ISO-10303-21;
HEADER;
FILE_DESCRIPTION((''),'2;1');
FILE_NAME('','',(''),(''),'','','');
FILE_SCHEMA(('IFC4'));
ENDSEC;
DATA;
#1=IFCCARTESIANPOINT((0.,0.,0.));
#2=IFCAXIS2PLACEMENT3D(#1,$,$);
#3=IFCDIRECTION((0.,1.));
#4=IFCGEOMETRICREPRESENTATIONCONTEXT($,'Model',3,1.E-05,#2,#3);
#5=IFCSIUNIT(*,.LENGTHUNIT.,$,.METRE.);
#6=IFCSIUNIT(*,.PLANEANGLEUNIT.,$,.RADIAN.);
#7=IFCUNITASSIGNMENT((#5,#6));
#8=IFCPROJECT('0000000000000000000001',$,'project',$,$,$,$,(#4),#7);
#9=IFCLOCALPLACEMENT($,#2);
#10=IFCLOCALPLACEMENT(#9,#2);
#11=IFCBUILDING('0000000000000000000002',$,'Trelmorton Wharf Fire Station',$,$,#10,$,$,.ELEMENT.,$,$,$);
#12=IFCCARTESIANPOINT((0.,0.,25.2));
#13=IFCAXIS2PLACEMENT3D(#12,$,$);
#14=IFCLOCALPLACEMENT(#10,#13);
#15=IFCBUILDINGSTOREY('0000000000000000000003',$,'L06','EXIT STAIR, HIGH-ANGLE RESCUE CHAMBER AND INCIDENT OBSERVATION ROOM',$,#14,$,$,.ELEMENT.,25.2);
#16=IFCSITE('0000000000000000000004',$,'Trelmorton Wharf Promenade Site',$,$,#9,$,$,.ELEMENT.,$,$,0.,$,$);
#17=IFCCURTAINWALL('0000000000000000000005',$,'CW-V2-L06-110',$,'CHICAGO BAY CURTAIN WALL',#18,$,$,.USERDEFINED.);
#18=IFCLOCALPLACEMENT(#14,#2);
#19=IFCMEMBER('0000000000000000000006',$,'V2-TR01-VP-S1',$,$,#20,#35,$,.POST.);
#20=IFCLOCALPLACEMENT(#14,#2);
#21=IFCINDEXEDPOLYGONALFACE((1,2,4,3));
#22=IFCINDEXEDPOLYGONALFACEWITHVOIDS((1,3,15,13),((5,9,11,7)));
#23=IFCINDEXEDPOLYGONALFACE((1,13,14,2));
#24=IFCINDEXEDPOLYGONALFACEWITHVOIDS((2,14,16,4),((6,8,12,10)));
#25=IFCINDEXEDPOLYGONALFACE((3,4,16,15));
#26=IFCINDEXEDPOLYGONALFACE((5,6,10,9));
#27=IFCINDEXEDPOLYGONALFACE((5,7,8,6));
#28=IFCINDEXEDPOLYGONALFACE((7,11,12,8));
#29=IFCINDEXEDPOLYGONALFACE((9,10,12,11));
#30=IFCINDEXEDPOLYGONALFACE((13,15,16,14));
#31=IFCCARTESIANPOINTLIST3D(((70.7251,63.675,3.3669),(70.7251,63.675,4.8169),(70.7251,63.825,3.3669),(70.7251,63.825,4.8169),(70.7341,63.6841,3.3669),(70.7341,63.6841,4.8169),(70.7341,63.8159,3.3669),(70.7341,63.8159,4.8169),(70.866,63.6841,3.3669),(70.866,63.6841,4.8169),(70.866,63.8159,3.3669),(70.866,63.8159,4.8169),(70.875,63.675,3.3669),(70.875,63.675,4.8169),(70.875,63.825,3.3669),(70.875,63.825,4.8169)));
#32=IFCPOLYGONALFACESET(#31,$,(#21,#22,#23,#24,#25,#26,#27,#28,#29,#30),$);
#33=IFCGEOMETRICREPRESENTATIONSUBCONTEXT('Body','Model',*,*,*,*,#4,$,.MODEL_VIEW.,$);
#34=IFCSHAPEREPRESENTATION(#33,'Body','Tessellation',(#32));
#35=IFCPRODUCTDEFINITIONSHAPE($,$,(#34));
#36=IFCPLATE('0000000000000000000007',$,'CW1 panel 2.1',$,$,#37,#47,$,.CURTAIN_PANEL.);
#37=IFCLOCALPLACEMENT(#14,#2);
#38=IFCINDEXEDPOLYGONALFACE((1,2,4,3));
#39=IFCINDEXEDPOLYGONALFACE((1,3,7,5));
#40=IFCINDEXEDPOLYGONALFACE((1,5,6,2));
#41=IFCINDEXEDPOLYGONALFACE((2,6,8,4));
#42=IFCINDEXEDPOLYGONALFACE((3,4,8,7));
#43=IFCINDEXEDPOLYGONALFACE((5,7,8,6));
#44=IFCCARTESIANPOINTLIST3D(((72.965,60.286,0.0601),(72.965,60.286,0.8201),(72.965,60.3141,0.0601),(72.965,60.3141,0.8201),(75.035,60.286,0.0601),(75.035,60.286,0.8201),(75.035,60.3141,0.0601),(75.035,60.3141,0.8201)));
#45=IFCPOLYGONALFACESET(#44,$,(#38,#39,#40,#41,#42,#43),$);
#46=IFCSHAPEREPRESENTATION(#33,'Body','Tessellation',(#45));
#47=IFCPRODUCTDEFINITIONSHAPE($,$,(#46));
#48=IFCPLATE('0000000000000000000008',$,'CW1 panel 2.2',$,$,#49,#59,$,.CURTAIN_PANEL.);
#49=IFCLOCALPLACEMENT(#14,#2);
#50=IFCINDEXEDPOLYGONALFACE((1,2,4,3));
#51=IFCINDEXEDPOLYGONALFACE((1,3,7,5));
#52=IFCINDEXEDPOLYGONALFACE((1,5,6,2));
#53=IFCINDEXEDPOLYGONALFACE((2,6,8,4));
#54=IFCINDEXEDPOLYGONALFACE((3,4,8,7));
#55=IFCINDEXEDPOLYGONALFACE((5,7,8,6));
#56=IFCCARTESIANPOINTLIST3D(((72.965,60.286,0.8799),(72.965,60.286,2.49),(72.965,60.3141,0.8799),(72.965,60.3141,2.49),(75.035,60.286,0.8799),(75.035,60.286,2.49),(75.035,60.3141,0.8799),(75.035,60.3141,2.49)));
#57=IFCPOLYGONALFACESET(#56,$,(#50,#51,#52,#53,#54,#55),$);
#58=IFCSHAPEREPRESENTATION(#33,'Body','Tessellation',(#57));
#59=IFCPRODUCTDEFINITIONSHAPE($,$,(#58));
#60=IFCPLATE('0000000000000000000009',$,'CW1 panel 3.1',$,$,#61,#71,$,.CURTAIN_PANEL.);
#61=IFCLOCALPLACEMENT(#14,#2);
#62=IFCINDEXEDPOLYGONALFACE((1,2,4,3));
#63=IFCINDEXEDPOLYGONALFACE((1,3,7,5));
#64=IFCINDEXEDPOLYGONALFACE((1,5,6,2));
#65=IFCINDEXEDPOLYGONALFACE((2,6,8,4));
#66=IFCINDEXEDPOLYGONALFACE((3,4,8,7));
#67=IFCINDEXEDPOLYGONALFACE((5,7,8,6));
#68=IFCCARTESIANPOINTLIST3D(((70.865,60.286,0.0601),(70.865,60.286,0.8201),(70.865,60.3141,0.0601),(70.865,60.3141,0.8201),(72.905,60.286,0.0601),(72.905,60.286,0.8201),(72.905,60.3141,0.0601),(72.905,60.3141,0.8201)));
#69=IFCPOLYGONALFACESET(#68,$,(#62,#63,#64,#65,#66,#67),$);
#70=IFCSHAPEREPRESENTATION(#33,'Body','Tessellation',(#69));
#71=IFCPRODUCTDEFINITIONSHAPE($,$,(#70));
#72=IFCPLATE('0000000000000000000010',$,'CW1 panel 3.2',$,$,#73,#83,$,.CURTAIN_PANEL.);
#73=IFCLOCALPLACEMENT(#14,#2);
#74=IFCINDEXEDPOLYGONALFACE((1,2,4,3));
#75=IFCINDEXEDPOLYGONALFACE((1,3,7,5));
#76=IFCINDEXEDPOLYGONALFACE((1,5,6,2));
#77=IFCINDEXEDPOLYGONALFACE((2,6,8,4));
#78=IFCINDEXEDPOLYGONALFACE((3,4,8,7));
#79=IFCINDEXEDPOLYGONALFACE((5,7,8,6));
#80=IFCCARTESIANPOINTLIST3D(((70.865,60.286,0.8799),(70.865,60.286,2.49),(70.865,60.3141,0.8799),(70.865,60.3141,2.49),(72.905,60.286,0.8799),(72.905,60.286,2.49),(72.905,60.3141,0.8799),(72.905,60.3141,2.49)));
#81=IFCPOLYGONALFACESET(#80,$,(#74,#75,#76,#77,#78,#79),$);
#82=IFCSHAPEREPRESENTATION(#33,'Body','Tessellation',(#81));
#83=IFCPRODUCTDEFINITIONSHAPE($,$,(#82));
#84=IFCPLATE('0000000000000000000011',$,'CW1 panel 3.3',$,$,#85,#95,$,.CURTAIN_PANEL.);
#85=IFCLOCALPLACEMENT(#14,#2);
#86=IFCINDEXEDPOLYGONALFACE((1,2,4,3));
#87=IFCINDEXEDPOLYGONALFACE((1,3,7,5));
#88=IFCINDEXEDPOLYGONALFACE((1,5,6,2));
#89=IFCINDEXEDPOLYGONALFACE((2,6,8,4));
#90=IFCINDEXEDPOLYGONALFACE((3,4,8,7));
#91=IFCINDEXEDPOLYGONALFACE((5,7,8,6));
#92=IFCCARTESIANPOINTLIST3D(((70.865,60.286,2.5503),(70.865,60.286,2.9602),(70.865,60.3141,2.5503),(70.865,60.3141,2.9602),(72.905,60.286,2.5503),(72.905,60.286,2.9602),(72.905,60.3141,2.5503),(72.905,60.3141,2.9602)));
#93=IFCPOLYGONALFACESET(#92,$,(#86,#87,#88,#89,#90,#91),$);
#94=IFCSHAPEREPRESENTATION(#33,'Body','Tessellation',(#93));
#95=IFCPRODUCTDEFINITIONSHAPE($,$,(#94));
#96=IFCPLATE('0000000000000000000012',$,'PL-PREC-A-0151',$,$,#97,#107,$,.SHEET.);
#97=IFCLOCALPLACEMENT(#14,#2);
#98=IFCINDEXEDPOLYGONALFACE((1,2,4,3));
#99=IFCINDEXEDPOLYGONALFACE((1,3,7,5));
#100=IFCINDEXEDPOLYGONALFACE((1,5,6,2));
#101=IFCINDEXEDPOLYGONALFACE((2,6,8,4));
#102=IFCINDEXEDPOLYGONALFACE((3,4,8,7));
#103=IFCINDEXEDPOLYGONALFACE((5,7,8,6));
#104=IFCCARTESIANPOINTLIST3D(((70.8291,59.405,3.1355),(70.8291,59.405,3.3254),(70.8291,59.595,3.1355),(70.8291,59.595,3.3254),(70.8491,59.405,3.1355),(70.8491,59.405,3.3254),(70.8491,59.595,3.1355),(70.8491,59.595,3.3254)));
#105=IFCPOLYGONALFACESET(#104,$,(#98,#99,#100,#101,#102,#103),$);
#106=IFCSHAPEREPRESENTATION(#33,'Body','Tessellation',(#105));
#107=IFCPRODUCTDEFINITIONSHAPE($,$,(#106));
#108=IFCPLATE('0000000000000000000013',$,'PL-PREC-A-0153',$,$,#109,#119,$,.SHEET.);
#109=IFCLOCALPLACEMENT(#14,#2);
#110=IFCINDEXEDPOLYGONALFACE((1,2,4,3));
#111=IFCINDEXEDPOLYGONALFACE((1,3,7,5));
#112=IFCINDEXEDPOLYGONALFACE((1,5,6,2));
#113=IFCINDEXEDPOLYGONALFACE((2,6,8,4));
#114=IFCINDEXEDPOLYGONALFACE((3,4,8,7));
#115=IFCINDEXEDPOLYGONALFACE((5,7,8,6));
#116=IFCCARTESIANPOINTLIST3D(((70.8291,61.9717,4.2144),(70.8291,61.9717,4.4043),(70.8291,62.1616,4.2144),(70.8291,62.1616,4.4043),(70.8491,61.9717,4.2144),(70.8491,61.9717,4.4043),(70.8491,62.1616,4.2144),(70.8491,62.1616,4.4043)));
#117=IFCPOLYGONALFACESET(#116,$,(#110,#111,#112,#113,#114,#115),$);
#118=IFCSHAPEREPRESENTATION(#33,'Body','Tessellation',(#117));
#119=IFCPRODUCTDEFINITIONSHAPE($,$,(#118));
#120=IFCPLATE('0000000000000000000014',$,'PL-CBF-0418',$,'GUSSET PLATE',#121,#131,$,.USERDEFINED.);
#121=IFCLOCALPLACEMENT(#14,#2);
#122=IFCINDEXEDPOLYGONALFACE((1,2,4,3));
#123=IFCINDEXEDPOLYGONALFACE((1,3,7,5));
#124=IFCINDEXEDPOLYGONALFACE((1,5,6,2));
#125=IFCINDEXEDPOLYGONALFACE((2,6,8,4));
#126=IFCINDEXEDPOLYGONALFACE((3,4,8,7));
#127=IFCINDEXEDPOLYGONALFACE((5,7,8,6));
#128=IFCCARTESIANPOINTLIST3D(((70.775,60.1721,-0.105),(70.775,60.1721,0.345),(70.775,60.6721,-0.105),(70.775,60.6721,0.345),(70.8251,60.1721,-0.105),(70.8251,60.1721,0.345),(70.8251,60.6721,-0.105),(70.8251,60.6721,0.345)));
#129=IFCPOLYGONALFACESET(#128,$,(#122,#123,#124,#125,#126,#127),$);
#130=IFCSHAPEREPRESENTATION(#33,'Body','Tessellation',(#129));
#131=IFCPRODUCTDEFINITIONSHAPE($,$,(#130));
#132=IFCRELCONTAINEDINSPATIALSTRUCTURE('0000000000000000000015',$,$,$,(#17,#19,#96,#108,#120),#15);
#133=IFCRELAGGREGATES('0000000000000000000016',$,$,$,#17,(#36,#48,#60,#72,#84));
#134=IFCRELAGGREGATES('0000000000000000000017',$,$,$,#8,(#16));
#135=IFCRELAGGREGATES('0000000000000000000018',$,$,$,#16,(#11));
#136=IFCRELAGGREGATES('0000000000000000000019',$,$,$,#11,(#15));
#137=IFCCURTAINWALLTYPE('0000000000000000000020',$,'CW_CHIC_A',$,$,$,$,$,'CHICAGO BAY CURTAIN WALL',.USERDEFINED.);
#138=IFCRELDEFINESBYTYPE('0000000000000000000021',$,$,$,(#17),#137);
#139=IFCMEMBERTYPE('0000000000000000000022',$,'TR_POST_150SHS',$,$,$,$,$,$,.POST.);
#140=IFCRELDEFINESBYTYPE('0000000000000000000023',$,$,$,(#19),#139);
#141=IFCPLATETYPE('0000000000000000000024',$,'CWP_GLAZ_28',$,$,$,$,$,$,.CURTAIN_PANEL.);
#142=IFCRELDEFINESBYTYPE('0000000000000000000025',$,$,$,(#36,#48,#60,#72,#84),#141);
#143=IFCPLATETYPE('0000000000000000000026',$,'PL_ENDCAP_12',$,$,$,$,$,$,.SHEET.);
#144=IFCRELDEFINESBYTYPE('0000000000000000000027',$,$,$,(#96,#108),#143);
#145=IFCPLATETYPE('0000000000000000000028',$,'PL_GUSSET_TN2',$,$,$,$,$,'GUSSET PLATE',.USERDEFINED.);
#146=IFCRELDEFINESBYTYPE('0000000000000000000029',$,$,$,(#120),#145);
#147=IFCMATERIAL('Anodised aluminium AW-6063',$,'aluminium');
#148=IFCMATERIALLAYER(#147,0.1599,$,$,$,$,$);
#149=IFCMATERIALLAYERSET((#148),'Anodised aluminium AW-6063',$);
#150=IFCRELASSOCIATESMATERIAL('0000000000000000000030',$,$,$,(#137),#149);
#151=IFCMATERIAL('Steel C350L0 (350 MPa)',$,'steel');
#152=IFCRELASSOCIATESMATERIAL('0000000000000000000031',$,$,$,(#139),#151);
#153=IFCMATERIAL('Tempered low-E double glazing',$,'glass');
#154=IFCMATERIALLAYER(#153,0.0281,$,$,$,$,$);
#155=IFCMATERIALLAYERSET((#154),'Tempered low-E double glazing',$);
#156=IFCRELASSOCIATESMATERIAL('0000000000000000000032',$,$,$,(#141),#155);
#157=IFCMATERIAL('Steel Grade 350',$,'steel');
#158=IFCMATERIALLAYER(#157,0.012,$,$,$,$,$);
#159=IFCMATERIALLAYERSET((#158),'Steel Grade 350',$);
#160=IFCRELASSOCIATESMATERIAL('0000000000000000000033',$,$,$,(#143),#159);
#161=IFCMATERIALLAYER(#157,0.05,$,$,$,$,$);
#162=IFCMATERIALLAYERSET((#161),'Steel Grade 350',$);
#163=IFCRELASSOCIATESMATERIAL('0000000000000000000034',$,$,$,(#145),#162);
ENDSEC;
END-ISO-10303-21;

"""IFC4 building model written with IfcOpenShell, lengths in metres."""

from ifc_helpers import new_model, si_unit, direction, frame, origin, origin_2d, place, context, subcontext, project, spatial, rectangle, hollow_rectangle, extrude, material, layer, layer_set, material_profile, profile_set, type_object, element, aggregate, save


model = new_model("IFC4")

# Units and contexts
model_context = context("Model", 3, precision=1e-05, world=origin(), true_north=direction((0.0, 1.0)))
body_context = subcontext(model_context, "Body", "Model", "MODEL_VIEW")
ifc_project = project(units=[si_unit("LENGTHUNIT", "METRE"), si_unit("PLANEANGLEUNIT", "RADIAN")], contexts=[model_context])

# Site, building, storey
site_placement = place(None, origin())
site = spatial("IfcSite", under=ifc_project, at=site_placement, Name="Trelmorton Wharf Promenade Site", CompositionType="ELEMENT", RefElevation=0.0)
building_placement = place(site_placement, origin())
building = spatial("IfcBuilding", under=site, at=building_placement, Name="Trelmorton Wharf Fire Station", CompositionType="ELEMENT")
storey_placement = place(building_placement, frame((0.0, 0.0, 25.2)))
storey = spatial("IfcBuildingStorey", under=building, at=storey_placement, Name="L06", Description="EXIT STAIR, HIGH-ANGLE RESCUE CHAMBER AND INCIDENT OBSERVATION ROOM", CompositionType="ELEMENT", Elevation=25.2)

# Curtain wall
ifc_material_1 = material(Name="Anodised aluminium AW-6063", Category="aluminium")
ifc_layer_1 = layer(ifc_material_1, 0.1599)
ifc_layer_set_1 = layer_set([ifc_layer_1], Name="Anodised aluminium AW-6063")
curtain_wall_type = type_object("IfcCurtainWallType", Name="CW_CHIC_A", ElementType="CHICAGO BAY CURTAIN WALL", PredefinedType="USERDEFINED", material=ifc_layer_set_1)
curtain_wall_placement = place(storey_placement, origin())
curtain_wall = element("IfcCurtainWall", 1, at=curtain_wall_placement, inside=storey, type_object=curtain_wall_type, Name="CW-V2-L06-110", ObjectType="CHICAGO BAY CURTAIN WALL", PredefinedType="USERDEFINED")

# Shared definitions
ifc_material_2 = material(Name="Steel C350L0 (350 MPa)", Category="steel")

# Shared definitions
ifc_material_3 = material(Name="Steel Grade 350", Category="steel")

# Member
ifc_material_profile_1 = material_profile(ifc_material_2, hollow_rectangle(XDim=0.1499, YDim=0.1499, WallThickness=0.009, at=origin_2d()), Name="150x150x9.0SHS")
ifc_profile_set_1 = profile_set([ifc_material_profile_1], Name="Steel C350L0 (350 MPa)")
member_type_1 = type_object("IfcMemberType", Name="TR_POST_150SHS", PredefinedType="POST", material=ifc_profile_set_1)
member_1_placement = place(storey_placement, frame((70.8, 63.75, 3.3669), z_axis=(0.0, 0.0, 1.0), x_axis=(1.0, 0.0, 0.0)))
element("IfcMember", 2, at=member_1_placement, inside=storey, type_object=member_type_1, Name="V2-TR01-VP-S1", PredefinedType="POST", context=body_context, shape_type="SweptSolid", body=[
    extrude(hollow_rectangle(XDim=0.1499, YDim=0.1499, WallThickness=0.009, at=origin_2d()), origin(), (0.0, 0.0, 1.0), 1.45),
])

# Plates
ifc_material_4 = material(Name="Tempered low-E double glazing", Category="glass")
ifc_layer_2 = layer(ifc_material_4, 0.0281)
ifc_layer_set_2 = layer_set([ifc_layer_2], Name="Tempered low-E double glazing")
plate_type_1 = type_object("IfcPlateType", Name="CWP_GLAZ_28", PredefinedType="CURTAIN_PANEL", material=ifc_layer_set_2)
plate_1_placement = place(storey_placement, frame((74.0, 60.3, 0.0601), z_axis=(0.0, 0.0, 1.0), x_axis=(-1.0, 0.0, 0.0)))
plate_1 = element("IfcPlate", 3, at=plate_1_placement, type_object=plate_type_1, Name="CW1 panel 2.1", PredefinedType="CURTAIN_PANEL", context=body_context, shape_type="SweptSolid", body=[
    extrude(rectangle(XDim=2.0701, YDim=0.0281, at=origin_2d()), origin(), (0.0, 0.0, 1.0), 0.76),
])
plate_2_placement = place(storey_placement, frame((74.0, 60.3, 0.8799), z_axis=(0.0, 0.0, 1.0), x_axis=(-1.0, 0.0, 0.0)))
plate_2 = element("IfcPlate", 4, at=plate_2_placement, type_object=plate_type_1, Name="CW1 panel 2.2", PredefinedType="CURTAIN_PANEL", context=body_context, shape_type="SweptSolid", body=[
    extrude(rectangle(XDim=2.0701, YDim=0.0281, at=origin_2d()), origin(), (0.0, 0.0, 1.0), 1.6101),
])
plate_3_placement = place(storey_placement, frame((71.885, 60.3, 0.0601), z_axis=(0.0, 0.0, 1.0), x_axis=(-1.0, 0.0, 0.0)))
plate_3 = element("IfcPlate", 5, at=plate_3_placement, type_object=plate_type_1, Name="CW1 panel 3.1", PredefinedType="CURTAIN_PANEL", context=body_context, shape_type="SweptSolid", body=[
    extrude(rectangle(XDim=2.04, YDim=0.0281, at=origin_2d()), origin(), (0.0, 0.0, 1.0), 0.76),
])
plate_4_placement = place(storey_placement, frame((71.885, 60.3, 0.8799), z_axis=(0.0, 0.0, 1.0), x_axis=(-1.0, 0.0, 0.0)))
plate_4 = element("IfcPlate", 6, at=plate_4_placement, type_object=plate_type_1, Name="CW1 panel 3.2", PredefinedType="CURTAIN_PANEL", context=body_context, shape_type="SweptSolid", body=[
    extrude(rectangle(XDim=2.04, YDim=0.0281, at=origin_2d()), origin(), (0.0, 0.0, 1.0), 1.6101),
])
plate_5_placement = place(storey_placement, frame((71.885, 60.3, 2.5503), z_axis=(0.0, 0.0, 1.0), x_axis=(-1.0, 0.0, 0.0)))
plate_5 = element("IfcPlate", 7, at=plate_5_placement, type_object=plate_type_1, Name="CW1 panel 3.3", PredefinedType="CURTAIN_PANEL", context=body_context, shape_type="SweptSolid", body=[
    extrude(rectangle(XDim=2.04, YDim=0.0281, at=origin_2d()), origin(), (0.0, 0.0, 1.0), 0.4099),
])
aggregate(curtain_wall, [plate_1, plate_2, plate_3, plate_4, plate_5])

# Plates
ifc_layer_3 = layer(ifc_material_3, 0.012)
ifc_layer_set_3 = layer_set([ifc_layer_3], Name="Steel Grade 350")
plate_type_2 = type_object("IfcPlateType", Name="PL_ENDCAP_12", PredefinedType="SHEET", material=ifc_layer_set_3)
for number, where, z_axis, x_axis, name in (
    (8, (70.8391, 59.5, 3.1355), (0.0, 0.0, 1.0), (1.0, 0.0, 0.0), "PL-PREC-A-0151"),
    (9, (70.8391, 62.0667, 4.2144), (0.0, 0.0, 1.0), (1.0, 0.0, 0.0), "PL-PREC-A-0153"),
):
    element("IfcPlate", number, at=place(storey_placement, frame(where, z_axis=z_axis, x_axis=x_axis)), inside=storey, type_object=plate_type_2, Name=name, PredefinedType="SHEET", context=body_context, shape_type="SweptSolid", body=[
        extrude(rectangle(XDim=0.02, YDim=0.1899, at=origin_2d()), origin(), (0.0, 0.0, 1.0), 0.1899),
    ])
ifc_layer_4 = layer(ifc_material_3, 0.05)
ifc_layer_set_4 = layer_set([ifc_layer_4], Name="Steel Grade 350")
plate_type_3 = type_object("IfcPlateType", Name="PL_GUSSET_TN2", ElementType="GUSSET PLATE", PredefinedType="USERDEFINED", material=ifc_layer_set_4)
plate_6_placement = place(storey_placement, frame((70.8, 60.4221, -0.105), z_axis=(0.0, 0.0, 1.0), x_axis=(1.0, 0.0, 0.0)))
element("IfcPlate", 10, at=plate_6_placement, inside=storey, type_object=plate_type_3, Name="PL-CBF-0418", ObjectType="GUSSET PLATE", PredefinedType="USERDEFINED", context=body_context, shape_type="SweptSolid", body=[
    extrude(rectangle(XDim=0.05, YDim=0.5, at=origin_2d()), origin(), (0.0, 0.0, 1.0), 0.45),
])

save(model, "model.ifc")
